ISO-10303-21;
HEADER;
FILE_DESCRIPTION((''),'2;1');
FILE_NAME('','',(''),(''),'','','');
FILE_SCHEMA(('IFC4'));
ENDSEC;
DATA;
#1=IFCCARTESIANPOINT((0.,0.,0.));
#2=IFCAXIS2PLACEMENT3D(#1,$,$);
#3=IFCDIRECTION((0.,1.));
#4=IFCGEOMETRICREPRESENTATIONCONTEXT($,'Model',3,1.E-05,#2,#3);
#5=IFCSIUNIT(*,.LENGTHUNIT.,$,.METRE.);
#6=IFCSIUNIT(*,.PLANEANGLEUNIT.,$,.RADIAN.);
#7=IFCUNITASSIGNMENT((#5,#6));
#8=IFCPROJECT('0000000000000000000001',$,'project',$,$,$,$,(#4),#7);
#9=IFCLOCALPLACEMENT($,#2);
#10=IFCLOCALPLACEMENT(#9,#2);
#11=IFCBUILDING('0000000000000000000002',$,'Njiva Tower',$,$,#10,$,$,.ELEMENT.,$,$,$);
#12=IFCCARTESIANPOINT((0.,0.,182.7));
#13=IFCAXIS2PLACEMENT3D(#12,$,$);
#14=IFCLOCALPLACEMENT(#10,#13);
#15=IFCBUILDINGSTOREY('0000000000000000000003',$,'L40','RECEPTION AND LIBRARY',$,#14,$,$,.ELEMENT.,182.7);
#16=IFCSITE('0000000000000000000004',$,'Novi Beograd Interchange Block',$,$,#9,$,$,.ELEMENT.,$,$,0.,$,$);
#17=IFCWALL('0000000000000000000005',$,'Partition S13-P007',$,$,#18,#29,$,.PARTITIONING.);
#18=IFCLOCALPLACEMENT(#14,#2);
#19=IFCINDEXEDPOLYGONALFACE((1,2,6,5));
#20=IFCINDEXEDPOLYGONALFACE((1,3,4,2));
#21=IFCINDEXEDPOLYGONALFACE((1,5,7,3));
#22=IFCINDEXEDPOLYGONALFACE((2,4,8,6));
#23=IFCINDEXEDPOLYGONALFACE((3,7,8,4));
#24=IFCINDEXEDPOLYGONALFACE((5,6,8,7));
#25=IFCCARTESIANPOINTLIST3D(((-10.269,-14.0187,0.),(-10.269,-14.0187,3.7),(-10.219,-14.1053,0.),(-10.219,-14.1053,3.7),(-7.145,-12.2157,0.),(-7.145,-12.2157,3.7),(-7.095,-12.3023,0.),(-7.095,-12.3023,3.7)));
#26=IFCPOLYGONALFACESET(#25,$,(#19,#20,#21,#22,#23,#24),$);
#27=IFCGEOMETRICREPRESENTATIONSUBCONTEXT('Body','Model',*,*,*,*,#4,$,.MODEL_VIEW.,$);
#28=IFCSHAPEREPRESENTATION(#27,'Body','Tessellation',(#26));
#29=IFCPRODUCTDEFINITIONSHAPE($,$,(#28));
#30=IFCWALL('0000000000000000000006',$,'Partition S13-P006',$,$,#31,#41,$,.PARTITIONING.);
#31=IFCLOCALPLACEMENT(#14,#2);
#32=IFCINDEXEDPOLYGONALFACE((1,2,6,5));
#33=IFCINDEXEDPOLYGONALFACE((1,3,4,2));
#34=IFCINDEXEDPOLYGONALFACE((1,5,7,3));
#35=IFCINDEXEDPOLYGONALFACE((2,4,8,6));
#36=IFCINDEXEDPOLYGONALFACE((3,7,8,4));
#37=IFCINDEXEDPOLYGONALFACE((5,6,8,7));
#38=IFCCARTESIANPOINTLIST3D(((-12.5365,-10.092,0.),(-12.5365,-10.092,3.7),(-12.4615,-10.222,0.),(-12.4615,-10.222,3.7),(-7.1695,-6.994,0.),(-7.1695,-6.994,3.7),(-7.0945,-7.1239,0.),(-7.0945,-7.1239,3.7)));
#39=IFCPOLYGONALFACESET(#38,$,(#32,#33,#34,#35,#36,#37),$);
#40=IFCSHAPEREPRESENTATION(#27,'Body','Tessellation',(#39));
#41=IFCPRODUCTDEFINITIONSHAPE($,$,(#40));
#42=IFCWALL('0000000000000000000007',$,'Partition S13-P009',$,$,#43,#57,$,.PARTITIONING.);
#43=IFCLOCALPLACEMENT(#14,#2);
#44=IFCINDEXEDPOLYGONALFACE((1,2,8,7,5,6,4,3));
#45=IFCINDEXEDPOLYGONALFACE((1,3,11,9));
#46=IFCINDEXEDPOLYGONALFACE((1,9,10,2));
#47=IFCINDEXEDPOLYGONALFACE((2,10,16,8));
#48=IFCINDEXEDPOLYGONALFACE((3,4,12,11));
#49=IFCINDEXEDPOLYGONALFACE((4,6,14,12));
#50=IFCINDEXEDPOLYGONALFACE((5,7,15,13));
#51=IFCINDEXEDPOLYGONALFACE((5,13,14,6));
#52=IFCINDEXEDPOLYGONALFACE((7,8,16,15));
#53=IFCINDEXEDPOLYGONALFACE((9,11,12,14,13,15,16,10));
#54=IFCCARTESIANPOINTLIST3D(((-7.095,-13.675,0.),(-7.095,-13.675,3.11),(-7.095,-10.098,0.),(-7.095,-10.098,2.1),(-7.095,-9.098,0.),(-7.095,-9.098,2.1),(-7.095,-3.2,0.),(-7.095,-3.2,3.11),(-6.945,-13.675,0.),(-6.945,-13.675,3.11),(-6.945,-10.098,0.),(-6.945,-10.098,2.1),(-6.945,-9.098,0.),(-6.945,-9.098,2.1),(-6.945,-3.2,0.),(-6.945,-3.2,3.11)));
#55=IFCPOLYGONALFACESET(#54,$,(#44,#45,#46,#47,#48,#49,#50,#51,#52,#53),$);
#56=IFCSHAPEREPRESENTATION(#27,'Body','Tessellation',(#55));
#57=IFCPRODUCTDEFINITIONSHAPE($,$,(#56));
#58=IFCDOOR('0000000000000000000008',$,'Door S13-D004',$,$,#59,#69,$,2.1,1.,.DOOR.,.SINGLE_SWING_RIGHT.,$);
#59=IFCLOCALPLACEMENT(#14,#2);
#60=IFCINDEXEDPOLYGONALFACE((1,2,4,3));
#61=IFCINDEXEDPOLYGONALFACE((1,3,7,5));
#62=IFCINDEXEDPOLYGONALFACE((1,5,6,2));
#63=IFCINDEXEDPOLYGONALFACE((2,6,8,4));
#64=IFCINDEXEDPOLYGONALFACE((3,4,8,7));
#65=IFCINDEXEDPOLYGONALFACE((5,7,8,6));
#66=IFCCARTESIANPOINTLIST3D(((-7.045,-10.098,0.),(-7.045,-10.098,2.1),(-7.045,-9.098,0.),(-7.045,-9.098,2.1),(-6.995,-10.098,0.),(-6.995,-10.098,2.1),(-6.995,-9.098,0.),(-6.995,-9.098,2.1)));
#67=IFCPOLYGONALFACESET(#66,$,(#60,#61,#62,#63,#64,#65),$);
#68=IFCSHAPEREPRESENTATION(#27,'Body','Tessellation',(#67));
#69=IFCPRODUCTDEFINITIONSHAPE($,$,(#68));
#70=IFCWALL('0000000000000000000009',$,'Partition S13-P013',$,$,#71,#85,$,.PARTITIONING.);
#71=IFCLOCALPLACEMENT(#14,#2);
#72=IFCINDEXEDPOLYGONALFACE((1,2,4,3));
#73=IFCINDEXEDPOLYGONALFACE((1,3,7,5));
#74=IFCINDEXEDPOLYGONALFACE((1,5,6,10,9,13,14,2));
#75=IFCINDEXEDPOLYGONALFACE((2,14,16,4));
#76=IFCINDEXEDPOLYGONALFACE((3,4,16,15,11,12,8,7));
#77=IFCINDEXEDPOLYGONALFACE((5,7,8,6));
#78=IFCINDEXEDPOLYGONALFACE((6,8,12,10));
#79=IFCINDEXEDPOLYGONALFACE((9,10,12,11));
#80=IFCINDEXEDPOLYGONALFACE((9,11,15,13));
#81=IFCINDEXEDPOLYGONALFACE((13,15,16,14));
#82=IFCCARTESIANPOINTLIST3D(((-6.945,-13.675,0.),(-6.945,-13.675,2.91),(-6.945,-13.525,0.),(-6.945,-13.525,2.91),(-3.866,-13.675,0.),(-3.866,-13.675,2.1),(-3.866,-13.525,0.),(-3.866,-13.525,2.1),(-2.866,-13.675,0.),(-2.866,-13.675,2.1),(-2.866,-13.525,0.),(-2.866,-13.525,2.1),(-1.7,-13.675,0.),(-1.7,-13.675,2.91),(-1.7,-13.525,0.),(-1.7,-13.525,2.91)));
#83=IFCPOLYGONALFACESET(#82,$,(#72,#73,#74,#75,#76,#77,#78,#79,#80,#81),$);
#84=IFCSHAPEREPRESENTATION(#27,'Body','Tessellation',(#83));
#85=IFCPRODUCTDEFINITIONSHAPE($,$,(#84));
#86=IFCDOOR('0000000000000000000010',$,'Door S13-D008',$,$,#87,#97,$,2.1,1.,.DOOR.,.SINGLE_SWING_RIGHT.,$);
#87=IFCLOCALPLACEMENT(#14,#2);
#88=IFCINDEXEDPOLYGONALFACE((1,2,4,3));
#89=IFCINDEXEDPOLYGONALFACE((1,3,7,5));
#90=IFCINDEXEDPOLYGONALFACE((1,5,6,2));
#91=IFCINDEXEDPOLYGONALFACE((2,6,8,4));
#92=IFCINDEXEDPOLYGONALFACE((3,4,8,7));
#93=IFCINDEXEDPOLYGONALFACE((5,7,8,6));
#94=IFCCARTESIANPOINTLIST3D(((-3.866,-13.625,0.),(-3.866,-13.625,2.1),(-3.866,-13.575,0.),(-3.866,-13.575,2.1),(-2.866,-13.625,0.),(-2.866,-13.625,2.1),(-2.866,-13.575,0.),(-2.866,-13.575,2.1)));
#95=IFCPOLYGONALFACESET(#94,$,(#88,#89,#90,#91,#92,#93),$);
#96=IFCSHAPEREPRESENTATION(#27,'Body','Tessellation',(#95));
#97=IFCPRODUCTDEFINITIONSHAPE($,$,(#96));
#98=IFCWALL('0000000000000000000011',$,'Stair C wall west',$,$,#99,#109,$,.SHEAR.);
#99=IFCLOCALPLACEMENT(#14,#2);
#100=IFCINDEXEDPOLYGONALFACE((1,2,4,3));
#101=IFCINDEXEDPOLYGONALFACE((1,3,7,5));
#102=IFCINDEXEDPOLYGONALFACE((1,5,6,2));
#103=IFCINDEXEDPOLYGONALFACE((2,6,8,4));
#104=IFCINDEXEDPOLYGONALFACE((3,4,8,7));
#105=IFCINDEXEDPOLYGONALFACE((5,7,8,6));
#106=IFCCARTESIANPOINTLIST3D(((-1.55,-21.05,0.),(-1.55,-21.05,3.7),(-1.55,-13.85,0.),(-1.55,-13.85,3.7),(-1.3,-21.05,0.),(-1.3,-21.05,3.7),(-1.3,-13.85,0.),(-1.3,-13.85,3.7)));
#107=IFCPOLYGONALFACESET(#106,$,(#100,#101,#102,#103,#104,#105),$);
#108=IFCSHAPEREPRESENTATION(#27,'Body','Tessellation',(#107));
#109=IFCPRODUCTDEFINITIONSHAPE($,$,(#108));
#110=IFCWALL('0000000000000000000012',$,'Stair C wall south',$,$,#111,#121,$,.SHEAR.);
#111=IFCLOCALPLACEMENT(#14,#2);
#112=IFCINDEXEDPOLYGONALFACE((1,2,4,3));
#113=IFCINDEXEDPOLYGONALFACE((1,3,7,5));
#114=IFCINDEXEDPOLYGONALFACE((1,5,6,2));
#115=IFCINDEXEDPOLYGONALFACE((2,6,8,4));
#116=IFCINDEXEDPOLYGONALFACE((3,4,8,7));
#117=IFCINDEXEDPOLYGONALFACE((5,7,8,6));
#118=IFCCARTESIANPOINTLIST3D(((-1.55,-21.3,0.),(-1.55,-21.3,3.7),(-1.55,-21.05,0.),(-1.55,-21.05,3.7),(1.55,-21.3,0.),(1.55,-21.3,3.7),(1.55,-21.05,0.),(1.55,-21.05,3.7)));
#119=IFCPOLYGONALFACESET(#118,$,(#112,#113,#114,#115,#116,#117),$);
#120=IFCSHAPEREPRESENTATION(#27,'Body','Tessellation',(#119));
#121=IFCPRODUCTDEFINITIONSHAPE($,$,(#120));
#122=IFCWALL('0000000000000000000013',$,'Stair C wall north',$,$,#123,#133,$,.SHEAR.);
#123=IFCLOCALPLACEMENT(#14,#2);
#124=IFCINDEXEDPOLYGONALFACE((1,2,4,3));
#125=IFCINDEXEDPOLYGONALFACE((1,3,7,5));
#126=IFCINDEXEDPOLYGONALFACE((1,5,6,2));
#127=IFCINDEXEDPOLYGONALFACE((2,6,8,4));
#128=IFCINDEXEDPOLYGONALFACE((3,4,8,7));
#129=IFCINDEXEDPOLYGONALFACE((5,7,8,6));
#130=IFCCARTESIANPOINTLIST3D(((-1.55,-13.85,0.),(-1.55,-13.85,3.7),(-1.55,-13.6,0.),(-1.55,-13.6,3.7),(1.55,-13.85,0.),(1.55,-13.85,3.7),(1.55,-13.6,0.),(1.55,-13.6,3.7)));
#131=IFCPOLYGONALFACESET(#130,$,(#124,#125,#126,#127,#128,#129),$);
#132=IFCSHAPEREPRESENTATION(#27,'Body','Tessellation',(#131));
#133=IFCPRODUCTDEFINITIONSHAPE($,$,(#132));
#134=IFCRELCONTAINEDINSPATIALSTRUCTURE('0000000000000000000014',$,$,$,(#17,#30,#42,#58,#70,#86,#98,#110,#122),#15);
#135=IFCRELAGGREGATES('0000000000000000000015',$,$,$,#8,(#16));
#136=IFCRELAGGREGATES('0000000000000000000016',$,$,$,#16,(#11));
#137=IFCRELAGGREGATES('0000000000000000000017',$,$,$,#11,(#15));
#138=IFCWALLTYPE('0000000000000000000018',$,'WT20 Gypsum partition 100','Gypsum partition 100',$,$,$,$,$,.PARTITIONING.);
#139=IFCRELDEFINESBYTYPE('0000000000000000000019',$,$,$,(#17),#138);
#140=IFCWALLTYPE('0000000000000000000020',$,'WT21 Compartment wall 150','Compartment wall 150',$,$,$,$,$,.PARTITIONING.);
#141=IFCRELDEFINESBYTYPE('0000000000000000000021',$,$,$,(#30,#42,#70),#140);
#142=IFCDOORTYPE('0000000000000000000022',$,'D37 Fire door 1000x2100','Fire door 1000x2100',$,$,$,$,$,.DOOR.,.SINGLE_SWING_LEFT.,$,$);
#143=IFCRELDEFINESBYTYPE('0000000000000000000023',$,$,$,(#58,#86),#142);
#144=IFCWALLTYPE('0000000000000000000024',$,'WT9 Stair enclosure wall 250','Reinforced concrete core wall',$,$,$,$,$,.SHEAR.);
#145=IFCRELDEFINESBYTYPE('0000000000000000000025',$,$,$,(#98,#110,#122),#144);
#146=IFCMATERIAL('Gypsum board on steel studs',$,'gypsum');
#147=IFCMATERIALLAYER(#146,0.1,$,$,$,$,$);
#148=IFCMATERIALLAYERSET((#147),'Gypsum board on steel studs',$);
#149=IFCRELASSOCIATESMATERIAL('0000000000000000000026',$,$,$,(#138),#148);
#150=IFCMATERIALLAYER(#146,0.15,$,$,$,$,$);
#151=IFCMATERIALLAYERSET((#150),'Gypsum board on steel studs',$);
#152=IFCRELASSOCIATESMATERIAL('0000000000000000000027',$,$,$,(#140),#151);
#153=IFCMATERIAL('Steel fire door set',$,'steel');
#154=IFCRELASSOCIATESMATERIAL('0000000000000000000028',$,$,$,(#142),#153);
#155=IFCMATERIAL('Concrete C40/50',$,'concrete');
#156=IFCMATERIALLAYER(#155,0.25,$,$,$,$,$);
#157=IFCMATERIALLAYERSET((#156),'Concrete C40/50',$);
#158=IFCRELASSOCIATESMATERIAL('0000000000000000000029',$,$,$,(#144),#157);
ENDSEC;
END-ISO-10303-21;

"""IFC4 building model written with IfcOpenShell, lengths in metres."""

from ifc_helpers import new_model, si_unit, direction, frame, frame_2d, origin, place, context, subcontext, project, spatial, rectangle, extrude, material, layer, layer_set, type_object, element, fill, save


model = new_model("IFC4")

# Units and contexts
model_context = context("Model", 3, precision=1e-05, world=origin(), true_north=direction((0.0, 1.0)))
body_context = subcontext(model_context, "Body", "Model", "MODEL_VIEW")
ifc_project = project(units=[si_unit("LENGTHUNIT", "METRE"), si_unit("PLANEANGLEUNIT", "RADIAN")], contexts=[model_context])

# Site, building, storey
site_placement = place(None, origin())
site = spatial("IfcSite", under=ifc_project, at=site_placement, Name="Novi Beograd Interchange Block", CompositionType="ELEMENT", RefElevation=0.0)
building_placement = place(site_placement, origin())
building = spatial("IfcBuilding", under=site, at=building_placement, Name="Njiva Tower", CompositionType="ELEMENT")
storey_placement = place(building_placement, frame((0.0, 0.0, 182.7)))
storey = spatial("IfcBuildingStorey", under=building, at=storey_placement, Name="L40", Description="RECEPTION AND LIBRARY", CompositionType="ELEMENT", Elevation=182.7)

# Walls
ifc_material_1 = material(Name="Gypsum board on steel studs", Category="gypsum")
ifc_layer_1 = layer(ifc_material_1, 0.1)
ifc_layer_set_1 = layer_set([ifc_layer_1], Name="Gypsum board on steel studs")
wall_type_1 = type_object("IfcWallType", Name="WT20 Gypsum partition 100", Description="Gypsum partition 100", PredefinedType="PARTITIONING", material=ifc_layer_set_1)
wall_1_placement = place(storey_placement, frame((-10.244, -14.062, 0.0), z_axis=(0.0, 0.0, 1.0), x_axis=(0.866102, 0.499866, 0.0)))
element("IfcWall", 1, at=wall_1_placement, inside=storey, type_object=wall_type_1, Name="Partition S13-P007", PredefinedType="PARTITIONING", context=body_context, shape_type="SweptSolid", body=[
    extrude(rectangle(XDim=3.607, YDim=0.1, at=frame_2d((1.8035, 0.0))), origin(), (0.0, 0.0, 1.0), 3.7),
])
ifc_layer_2 = layer(ifc_material_1, 0.15)
ifc_layer_set_2 = layer_set([ifc_layer_2], Name="Gypsum board on steel studs")
wall_type_2 = type_object("IfcWallType", Name="WT21 Compartment wall 150", Description="Compartment wall 150", PredefinedType="PARTITIONING", material=ifc_layer_set_2)
wall_2_placement = place(storey_placement, frame((-12.499, -10.157, 0.0), z_axis=(0.0, 0.0, 1.0), x_axis=(0.86607, 0.499923, 0.0)))
element("IfcWall", 2, at=wall_2_placement, inside=storey, type_object=wall_type_2, Name="Partition S13-P006", PredefinedType="PARTITIONING", context=body_context, shape_type="SweptSolid", body=[
    extrude(rectangle(XDim=6.197, YDim=0.15, at=frame_2d((3.0985, 0.0))), origin(), (0.0, 0.0, 1.0), 3.7),
])

# Walls, openings, doors
wall_3_placement = place(storey_placement, frame((-7.02, -13.675, 0.0), z_axis=(0.0, 0.0, 1.0), x_axis=(0.0, 1.0, 0.0)))
wall_3 = element("IfcWall", 3, at=wall_3_placement, inside=storey, type_object=wall_type_2, Name="Partition S13-P009", PredefinedType="PARTITIONING", context=body_context, shape_type="SweptSolid", body=[
    extrude(rectangle(XDim=10.475, YDim=0.15, at=frame_2d((5.2375, 0.0))), origin(), (0.0, 0.0, 1.0), 3.11),
])
opening_1_placement = place(wall_3_placement, frame((3.577, 0.0, 0.0)))
opening_1 = element("IfcOpeningElement", 4, at=opening_1_placement, cuts=wall_3, PredefinedType="OPENING", context=body_context, shape_type="SweptSolid", body=[
    extrude(rectangle(XDim=1.0, YDim=2.1, at=frame_2d((0.5, 1.05))), frame((0.0, 0.085, 0.0), z_axis=(0.0, -1.0, 0.0), x_axis=(1.0, 0.0, 0.0)), (0.0, 0.0, 1.0), 0.17),
])
ifc_material_2 = material(Name="Steel fire door set", Category="steel")
door_type = type_object("IfcDoorType", Name="D37 Fire door 1000x2100", Description="Fire door 1000x2100", OperationType="SINGLE_SWING_LEFT", PredefinedType="DOOR", material=ifc_material_2)
door_1_placement = place(opening_1_placement, origin())
door_1 = element("IfcDoor", 5, at=door_1_placement, inside=storey, type_object=door_type, Name="Door S13-D004", OperationType="SINGLE_SWING_RIGHT", OverallHeight=2.1, OverallWidth=1.0, PredefinedType="DOOR", context=body_context, shape_type="SweptSolid", body=[
    extrude(rectangle(XDim=1.0, YDim=2.1, at=frame_2d((0.5, 1.05))), frame((0.0, 0.025, 0.0), z_axis=(0.0, -1.0, 0.0), x_axis=(1.0, 0.0, 0.0)), (0.0, 0.0, 1.0), 0.05),
])
fill(opening_1, door_1)
wall_4_placement = place(storey_placement, frame((-6.945, -13.6, 0.0), z_axis=(0.0, 0.0, 1.0), x_axis=(1.0, 0.0, 0.0)))
wall_4 = element("IfcWall", 6, at=wall_4_placement, inside=storey, type_object=wall_type_2, Name="Partition S13-P013", PredefinedType="PARTITIONING", context=body_context, shape_type="SweptSolid", body=[
    extrude(rectangle(XDim=5.245, YDim=0.15, at=frame_2d((2.6225, 0.0))), origin(), (0.0, 0.0, 1.0), 2.91),
])
opening_2_placement = place(wall_4_placement, frame((3.079, 0.0, 0.0)))
opening_2 = element("IfcOpeningElement", 7, at=opening_2_placement, cuts=wall_4, PredefinedType="OPENING", context=body_context, shape_type="SweptSolid", body=[
    extrude(rectangle(XDim=1.0, YDim=2.1, at=frame_2d((0.5, 1.05))), frame((0.0, 0.085, 0.0), z_axis=(0.0, -1.0, 0.0), x_axis=(1.0, 0.0, 0.0)), (0.0, 0.0, 1.0), 0.17),
])
door_2_placement = place(opening_2_placement, origin())
door_2 = element("IfcDoor", 8, at=door_2_placement, inside=storey, type_object=door_type, Name="Door S13-D008", OperationType="SINGLE_SWING_RIGHT", OverallHeight=2.1, OverallWidth=1.0, PredefinedType="DOOR", context=body_context, shape_type="SweptSolid", body=[
    extrude(rectangle(XDim=1.0, YDim=2.1, at=frame_2d((0.5, 1.05))), frame((0.0, 0.025, 0.0), z_axis=(0.0, -1.0, 0.0), x_axis=(1.0, 0.0, 0.0)), (0.0, 0.0, 1.0), 0.05),
])
fill(opening_2, door_2)

# Walls
ifc_material_3 = material(Name="Concrete C40/50", Category="concrete")
ifc_layer_3 = layer(ifc_material_3, 0.25)
ifc_layer_set_3 = layer_set([ifc_layer_3], Name="Concrete C40/50")
wall_type_3 = type_object("IfcWallType", Name="WT9 Stair enclosure wall 250", Description="Reinforced concrete core wall", PredefinedType="SHEAR", material=ifc_layer_set_3)
wall_5_placement = place(storey_placement, frame((-1.425, -21.05, 0.0), z_axis=(0.0, 0.0, 1.0), x_axis=(0.0, 1.0, 0.0)))
element("IfcWall", 9, at=wall_5_placement, inside=storey, type_object=wall_type_3, Name="Stair C wall west", PredefinedType="SHEAR", context=body_context, shape_type="SweptSolid", body=[
    extrude(rectangle(XDim=7.2, YDim=0.25, at=frame_2d((3.6, 0.0))), origin(), (0.0, 0.0, 1.0), 3.7),
])
for number, where, z_axis, x_axis, name in (
    (10, (-1.55, -21.175, 0.0), (0.0, 0.0, 1.0), (1.0, 0.0, 0.0), "Stair C wall south"),
    (11, (-1.55, -13.725, 0.0), (0.0, 0.0, 1.0), (1.0, 0.0, 0.0), "Stair C wall north"),
):
    element("IfcWall", number, at=place(storey_placement, frame(where, z_axis=z_axis, x_axis=x_axis)), inside=storey, type_object=wall_type_3, Name=name, PredefinedType="SHEAR", context=body_context, shape_type="SweptSolid", body=[
        extrude(rectangle(XDim=3.1, YDim=0.25, at=frame_2d((1.55, 0.0))), origin(), (0.0, 0.0, 1.0), 3.7),
    ])

save(model, "model.ifc")
